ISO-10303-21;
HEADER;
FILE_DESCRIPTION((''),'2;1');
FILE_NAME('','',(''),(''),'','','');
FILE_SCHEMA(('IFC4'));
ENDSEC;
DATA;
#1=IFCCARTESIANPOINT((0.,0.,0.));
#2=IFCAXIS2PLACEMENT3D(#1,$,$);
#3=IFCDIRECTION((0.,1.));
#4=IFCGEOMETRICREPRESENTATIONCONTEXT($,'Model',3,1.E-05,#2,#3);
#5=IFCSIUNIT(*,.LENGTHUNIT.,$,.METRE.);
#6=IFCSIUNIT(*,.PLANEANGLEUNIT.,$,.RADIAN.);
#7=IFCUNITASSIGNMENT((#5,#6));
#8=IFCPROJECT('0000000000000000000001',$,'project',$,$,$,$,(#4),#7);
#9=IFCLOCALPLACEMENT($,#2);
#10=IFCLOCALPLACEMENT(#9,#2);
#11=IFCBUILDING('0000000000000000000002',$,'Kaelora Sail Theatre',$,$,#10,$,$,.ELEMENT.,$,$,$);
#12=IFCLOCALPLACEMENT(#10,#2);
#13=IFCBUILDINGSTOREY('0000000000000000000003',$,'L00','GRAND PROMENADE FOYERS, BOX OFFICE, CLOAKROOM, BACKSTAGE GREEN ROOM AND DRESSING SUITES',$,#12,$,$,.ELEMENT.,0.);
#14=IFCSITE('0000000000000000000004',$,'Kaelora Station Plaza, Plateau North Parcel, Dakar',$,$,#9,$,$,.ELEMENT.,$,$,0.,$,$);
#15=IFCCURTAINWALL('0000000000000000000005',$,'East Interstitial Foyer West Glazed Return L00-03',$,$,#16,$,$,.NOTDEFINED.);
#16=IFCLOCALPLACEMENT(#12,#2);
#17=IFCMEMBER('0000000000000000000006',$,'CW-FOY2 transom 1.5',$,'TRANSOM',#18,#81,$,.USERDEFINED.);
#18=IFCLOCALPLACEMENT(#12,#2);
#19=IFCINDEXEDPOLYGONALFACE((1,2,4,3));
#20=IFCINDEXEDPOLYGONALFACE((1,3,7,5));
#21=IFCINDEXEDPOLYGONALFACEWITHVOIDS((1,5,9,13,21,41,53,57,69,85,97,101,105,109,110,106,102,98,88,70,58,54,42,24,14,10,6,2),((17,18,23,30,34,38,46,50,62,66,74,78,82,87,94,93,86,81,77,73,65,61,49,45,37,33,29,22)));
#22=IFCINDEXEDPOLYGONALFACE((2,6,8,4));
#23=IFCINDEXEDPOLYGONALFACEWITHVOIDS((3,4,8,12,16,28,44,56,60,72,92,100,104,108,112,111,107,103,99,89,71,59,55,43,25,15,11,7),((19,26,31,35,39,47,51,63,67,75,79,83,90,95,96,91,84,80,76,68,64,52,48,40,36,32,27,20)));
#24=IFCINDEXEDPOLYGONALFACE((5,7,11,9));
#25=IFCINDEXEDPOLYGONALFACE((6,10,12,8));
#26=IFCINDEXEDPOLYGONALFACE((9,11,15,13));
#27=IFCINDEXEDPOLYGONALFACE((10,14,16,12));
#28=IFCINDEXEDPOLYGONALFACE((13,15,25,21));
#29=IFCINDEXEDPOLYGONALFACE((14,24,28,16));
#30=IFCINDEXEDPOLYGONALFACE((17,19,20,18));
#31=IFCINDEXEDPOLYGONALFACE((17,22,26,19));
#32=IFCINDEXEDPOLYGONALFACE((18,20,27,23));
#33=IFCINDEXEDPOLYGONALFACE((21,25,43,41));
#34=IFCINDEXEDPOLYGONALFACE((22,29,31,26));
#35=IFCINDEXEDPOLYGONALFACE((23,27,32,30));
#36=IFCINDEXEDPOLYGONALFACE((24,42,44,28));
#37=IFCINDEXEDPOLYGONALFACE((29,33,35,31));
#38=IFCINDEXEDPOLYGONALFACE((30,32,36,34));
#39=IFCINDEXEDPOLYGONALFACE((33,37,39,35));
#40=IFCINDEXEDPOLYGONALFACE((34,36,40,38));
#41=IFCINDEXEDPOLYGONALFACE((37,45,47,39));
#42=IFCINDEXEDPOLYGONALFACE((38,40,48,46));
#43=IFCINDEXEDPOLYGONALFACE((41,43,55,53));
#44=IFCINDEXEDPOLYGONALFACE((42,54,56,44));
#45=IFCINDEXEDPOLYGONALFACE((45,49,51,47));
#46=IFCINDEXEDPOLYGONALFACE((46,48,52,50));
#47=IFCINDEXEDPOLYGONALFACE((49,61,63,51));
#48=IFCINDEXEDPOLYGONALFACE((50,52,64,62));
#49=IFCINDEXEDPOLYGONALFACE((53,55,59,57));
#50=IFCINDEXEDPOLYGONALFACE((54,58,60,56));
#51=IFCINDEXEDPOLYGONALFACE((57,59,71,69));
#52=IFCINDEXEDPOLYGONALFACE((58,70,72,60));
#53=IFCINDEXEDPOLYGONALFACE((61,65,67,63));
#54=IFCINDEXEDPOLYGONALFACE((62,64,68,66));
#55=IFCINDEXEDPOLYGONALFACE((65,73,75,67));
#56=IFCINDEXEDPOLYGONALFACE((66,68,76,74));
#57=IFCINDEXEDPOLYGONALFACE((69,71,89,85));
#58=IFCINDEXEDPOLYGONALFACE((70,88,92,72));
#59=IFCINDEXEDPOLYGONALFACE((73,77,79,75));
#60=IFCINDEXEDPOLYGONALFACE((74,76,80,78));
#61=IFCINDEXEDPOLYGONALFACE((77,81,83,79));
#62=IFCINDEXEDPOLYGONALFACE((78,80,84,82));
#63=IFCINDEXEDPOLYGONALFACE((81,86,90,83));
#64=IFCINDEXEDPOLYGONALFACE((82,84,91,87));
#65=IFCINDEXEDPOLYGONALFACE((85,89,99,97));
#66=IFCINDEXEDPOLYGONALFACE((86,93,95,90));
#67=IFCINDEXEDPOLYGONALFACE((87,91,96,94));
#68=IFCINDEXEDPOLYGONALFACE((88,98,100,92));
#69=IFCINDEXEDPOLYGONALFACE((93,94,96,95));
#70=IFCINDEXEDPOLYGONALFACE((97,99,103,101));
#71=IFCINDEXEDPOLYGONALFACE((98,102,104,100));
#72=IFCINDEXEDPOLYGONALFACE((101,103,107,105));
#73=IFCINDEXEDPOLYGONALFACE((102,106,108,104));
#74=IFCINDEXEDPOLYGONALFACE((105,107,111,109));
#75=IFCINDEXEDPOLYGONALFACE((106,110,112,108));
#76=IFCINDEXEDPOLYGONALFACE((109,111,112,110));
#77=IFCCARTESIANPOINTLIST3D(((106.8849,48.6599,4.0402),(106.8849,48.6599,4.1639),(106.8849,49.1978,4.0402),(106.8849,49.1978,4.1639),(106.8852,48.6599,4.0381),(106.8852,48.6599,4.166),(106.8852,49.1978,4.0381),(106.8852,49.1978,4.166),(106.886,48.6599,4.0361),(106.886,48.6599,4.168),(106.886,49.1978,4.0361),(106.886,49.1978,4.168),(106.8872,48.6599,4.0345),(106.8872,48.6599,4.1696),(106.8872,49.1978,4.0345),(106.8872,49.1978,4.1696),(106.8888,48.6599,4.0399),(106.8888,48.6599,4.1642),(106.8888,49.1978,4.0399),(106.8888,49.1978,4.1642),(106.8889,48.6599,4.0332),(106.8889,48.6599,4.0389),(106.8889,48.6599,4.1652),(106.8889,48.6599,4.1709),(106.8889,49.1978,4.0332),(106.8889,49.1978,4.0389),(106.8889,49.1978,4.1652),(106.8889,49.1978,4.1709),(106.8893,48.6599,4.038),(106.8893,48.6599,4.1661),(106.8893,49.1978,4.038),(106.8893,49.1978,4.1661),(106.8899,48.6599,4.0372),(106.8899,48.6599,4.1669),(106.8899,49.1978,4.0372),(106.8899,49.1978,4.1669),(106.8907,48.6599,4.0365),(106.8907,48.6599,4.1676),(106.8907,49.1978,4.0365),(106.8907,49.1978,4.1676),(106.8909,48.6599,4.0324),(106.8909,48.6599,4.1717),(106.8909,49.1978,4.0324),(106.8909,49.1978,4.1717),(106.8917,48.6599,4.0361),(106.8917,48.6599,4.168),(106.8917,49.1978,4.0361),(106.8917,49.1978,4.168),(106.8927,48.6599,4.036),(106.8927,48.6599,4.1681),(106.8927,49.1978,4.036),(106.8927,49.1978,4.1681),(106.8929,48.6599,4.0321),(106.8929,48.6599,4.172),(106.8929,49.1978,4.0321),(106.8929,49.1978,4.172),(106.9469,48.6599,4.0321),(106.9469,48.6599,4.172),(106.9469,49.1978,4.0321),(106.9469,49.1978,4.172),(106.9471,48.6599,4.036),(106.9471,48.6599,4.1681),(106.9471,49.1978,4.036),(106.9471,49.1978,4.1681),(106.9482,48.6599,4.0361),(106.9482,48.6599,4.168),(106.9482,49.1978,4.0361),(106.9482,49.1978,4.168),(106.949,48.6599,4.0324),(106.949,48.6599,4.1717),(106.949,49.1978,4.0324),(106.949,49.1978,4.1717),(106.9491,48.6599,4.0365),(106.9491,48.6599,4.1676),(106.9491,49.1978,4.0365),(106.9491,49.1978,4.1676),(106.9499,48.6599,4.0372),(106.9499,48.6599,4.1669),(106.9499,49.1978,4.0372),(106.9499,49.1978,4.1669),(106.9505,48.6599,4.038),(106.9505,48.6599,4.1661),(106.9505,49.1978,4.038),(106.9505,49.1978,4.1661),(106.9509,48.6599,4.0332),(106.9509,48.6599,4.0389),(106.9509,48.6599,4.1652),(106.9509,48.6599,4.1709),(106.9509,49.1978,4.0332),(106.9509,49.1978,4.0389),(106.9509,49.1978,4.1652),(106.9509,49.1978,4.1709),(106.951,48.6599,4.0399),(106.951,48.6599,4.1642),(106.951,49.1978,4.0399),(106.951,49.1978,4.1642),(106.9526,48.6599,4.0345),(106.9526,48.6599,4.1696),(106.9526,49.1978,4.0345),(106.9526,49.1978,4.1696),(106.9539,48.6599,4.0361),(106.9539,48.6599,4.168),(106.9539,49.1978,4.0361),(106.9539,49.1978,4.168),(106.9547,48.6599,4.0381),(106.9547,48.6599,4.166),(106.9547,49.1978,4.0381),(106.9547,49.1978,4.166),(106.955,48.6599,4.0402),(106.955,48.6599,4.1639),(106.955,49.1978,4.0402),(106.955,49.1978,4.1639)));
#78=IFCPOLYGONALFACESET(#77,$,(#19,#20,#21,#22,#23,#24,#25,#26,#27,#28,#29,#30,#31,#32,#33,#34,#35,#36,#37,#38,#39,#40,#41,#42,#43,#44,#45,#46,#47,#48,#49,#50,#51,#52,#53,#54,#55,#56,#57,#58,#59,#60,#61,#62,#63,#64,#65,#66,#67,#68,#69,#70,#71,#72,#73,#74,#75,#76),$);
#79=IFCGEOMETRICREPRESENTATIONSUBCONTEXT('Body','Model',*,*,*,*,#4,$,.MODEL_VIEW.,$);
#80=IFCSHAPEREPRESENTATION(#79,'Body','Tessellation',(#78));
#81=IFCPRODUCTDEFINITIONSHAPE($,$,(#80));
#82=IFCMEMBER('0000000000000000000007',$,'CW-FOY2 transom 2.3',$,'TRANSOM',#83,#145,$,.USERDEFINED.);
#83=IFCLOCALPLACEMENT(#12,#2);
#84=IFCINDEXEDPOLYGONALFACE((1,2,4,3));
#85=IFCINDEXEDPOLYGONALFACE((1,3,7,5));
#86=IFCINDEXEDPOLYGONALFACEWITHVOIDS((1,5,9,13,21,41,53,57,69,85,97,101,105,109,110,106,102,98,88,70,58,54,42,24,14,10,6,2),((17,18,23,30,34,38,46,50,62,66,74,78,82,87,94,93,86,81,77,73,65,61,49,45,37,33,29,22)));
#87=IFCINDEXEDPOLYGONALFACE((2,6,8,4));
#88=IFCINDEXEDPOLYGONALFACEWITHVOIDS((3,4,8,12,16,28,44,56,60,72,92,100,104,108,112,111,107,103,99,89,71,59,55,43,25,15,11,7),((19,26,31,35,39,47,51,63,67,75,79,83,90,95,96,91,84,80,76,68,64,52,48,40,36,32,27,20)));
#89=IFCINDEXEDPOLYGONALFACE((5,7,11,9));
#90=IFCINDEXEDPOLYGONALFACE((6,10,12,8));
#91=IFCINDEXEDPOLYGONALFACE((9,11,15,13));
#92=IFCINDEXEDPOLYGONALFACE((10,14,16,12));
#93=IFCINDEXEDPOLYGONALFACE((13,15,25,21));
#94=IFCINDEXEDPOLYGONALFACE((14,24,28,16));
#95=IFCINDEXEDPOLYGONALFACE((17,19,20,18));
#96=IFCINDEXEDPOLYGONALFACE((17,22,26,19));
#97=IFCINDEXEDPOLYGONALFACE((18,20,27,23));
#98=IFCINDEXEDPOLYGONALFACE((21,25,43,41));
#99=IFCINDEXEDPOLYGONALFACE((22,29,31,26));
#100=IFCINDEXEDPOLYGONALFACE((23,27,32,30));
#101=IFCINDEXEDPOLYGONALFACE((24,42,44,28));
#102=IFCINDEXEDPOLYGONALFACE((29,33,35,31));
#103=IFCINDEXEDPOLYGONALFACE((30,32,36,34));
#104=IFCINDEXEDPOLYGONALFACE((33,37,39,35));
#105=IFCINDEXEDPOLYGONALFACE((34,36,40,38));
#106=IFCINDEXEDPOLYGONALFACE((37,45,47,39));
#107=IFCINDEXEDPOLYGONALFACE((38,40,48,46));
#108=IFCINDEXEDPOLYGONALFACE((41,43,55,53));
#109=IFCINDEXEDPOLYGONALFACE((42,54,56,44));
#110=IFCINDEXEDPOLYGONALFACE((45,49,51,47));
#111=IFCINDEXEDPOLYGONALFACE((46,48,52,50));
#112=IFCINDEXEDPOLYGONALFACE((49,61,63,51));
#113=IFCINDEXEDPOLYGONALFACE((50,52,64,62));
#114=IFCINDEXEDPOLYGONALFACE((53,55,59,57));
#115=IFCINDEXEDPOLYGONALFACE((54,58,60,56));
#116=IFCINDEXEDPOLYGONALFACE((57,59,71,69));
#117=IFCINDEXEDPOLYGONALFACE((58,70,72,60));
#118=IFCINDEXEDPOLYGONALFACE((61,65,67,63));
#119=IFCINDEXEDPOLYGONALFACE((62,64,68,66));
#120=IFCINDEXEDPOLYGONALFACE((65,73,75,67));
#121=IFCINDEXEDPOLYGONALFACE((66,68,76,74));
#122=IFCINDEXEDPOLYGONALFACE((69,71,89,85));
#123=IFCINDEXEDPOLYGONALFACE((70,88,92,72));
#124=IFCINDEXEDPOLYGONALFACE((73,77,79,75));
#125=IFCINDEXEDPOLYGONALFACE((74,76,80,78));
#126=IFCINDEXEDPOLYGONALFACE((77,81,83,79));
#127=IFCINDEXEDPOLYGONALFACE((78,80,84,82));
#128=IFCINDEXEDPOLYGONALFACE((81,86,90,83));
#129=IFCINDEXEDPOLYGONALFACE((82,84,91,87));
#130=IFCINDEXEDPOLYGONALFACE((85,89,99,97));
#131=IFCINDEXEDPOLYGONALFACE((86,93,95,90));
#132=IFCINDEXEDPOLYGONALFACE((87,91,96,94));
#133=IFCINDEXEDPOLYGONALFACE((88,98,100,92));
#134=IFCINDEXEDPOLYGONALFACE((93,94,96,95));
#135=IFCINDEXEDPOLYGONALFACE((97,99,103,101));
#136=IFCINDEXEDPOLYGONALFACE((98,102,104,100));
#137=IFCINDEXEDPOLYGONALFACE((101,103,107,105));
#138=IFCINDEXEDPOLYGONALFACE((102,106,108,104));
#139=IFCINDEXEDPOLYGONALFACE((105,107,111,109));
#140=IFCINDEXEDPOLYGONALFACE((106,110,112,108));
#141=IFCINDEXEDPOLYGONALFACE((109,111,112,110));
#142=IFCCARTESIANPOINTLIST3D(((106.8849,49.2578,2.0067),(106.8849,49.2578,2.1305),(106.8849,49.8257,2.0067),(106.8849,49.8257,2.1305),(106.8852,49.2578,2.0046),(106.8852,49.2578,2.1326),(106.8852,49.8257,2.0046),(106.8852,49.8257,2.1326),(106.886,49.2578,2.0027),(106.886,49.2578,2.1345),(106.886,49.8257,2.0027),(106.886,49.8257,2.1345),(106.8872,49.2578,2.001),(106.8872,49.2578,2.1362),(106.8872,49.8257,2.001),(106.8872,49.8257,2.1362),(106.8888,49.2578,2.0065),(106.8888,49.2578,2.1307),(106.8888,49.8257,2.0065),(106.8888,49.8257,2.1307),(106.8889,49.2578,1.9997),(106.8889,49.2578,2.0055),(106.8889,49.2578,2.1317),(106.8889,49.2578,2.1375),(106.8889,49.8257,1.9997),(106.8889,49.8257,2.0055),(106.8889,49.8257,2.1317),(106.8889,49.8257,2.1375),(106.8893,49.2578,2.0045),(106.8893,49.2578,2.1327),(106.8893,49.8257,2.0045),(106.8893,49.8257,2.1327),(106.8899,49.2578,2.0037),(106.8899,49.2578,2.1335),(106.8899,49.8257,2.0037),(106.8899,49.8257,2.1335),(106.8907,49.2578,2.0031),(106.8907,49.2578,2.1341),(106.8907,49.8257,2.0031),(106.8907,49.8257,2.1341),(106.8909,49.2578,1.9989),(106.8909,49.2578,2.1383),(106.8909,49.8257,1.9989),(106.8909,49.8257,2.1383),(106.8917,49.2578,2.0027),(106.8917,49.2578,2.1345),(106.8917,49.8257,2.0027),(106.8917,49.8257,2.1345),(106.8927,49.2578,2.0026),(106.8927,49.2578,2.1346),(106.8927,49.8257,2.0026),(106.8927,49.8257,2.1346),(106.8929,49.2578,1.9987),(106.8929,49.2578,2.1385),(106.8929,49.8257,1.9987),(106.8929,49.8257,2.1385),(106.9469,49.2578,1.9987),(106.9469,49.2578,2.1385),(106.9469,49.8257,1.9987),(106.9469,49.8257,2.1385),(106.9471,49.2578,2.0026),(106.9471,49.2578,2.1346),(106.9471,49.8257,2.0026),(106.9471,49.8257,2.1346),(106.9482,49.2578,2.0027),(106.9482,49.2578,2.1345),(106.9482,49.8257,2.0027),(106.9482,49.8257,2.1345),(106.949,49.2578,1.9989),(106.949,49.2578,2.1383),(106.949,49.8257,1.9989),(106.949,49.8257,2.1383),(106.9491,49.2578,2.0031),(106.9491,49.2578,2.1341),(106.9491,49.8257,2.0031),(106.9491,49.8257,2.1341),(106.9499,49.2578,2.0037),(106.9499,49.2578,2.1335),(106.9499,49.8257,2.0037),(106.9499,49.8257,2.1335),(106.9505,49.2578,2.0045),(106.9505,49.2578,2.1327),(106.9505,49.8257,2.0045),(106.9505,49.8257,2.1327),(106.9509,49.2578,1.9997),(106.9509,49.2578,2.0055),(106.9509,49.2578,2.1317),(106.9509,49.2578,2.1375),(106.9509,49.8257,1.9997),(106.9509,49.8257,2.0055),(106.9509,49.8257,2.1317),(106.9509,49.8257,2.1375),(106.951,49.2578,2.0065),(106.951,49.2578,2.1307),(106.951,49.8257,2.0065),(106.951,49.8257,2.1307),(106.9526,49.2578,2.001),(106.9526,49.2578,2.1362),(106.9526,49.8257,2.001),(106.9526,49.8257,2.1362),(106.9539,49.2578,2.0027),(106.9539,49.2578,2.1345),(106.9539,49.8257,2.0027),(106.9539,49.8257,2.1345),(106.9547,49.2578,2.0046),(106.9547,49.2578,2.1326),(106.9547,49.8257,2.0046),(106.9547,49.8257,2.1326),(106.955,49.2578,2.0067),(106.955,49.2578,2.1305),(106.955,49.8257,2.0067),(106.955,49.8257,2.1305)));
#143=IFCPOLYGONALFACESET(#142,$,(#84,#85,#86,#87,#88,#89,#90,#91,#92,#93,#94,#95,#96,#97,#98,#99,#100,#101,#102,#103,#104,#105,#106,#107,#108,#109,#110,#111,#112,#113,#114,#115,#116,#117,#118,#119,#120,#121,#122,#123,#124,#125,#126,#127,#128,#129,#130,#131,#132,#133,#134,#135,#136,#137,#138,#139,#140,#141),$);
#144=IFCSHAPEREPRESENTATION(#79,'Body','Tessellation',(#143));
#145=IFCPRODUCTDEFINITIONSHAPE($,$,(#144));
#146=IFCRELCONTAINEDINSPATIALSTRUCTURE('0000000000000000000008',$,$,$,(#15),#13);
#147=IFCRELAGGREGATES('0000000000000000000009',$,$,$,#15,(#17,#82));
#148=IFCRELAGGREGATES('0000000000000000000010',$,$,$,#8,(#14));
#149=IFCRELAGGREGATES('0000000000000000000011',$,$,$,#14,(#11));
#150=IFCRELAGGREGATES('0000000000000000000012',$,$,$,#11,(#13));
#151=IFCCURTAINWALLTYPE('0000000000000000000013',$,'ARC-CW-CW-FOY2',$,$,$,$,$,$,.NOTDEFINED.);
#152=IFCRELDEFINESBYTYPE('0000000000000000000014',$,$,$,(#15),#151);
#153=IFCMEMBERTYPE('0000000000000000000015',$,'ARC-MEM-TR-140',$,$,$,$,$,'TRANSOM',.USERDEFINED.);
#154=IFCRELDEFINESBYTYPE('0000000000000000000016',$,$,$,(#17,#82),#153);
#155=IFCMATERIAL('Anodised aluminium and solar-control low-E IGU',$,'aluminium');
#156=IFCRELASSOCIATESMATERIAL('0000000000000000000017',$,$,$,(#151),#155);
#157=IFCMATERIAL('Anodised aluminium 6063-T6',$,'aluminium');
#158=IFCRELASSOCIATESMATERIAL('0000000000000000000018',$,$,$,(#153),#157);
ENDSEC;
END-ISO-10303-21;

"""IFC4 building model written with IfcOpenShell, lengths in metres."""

from ifc_helpers import new_model, si_unit, direction, frame, origin, origin_2d, place, context, subcontext, project, spatial, hollow_rectangle, extrude, material, material_profile, profile_set, type_object, element, aggregate, save


model = new_model("IFC4")

# Units and contexts
model_context = context("Model", 3, precision=1e-05, world=origin(), true_north=direction((0.0, 1.0)))
body_context = subcontext(model_context, "Body", "Model", "MODEL_VIEW")
ifc_project = project(units=[si_unit("LENGTHUNIT", "METRE"), si_unit("PLANEANGLEUNIT", "RADIAN")], contexts=[model_context])

# Site, building, storey
site_placement = place(None, origin())
site = spatial("IfcSite", under=ifc_project, at=site_placement, Name="Kaelora Station Plaza, Plateau North Parcel, Dakar", CompositionType="ELEMENT", RefElevation=0.0)
building_placement = place(site_placement, origin())
building = spatial("IfcBuilding", under=site, at=building_placement, Name="Kaelora Sail Theatre", CompositionType="ELEMENT")
storey_placement = place(building_placement, origin())
storey = spatial("IfcBuildingStorey", under=building, at=storey_placement, Name="L00", Description="GRAND PROMENADE FOYERS, BOX OFFICE, CLOAKROOM, BACKSTAGE GREEN ROOM AND DRESSING SUITES", CompositionType="ELEMENT", Elevation=0.0)

# Curtain wall, members
ifc_material_1 = material(Name="Anodised aluminium and solar-control low-E IGU", Category="aluminium")
curtain_wall_type = type_object("IfcCurtainWallType", Name="ARC-CW-CW-FOY2", PredefinedType="NOTDEFINED", material=ifc_material_1)
curtain_wall_1_placement = place(storey_placement, origin())
curtain_wall_1 = element("IfcCurtainWall", 1, at=curtain_wall_1_placement, inside=storey, type_object=curtain_wall_type, Name="East Interstitial Foyer West Glazed Return L00-03", PredefinedType="NOTDEFINED")
ifc_material_2 = material(Name="Anodised aluminium 6063-T6", Category="aluminium")
ifc_material_profile = material_profile(ifc_material_2, hollow_rectangle(XDim=0.0701, YDim=0.1399, WallThickness=0.0039, InnerFilletRadius=0.0039, OuterFilletRadius=0.0081, at=origin_2d()), Name="ALU-TRAN 70x140x4")
ifc_profile_set = profile_set([ifc_material_profile], Name="Anodised aluminium 6063-T6")
member_type = type_object("IfcMemberType", Name="ARC-MEM-TR-140", ElementType="TRANSOM", PredefinedType="USERDEFINED", material=ifc_profile_set)
member_1_placement = place(storey_placement, frame((106.9199, 48.6599, 4.1021), z_axis=(0.0, 1.0, 0.0), x_axis=(-1.0, 0.0, 0.0)))
member_1 = element("IfcMember", 2, at=member_1_placement, type_object=member_type, Name="CW-FOY2 transom 1.5", ObjectType="TRANSOM", PredefinedType="USERDEFINED", context=body_context, shape_type="SweptSolid", body=[
    extrude(hollow_rectangle(XDim=0.0701, YDim=0.1399, WallThickness=0.0039, InnerFilletRadius=0.0039, OuterFilletRadius=0.0081, at=origin_2d()), origin(), (0.0, 0.0, 1.0), 0.5378),
])
member_2_placement = place(storey_placement, frame((106.9199, 49.2578, 2.0686), z_axis=(0.0, 1.0, 0.0), x_axis=(-1.0, 0.0, 0.0)))
member_2 = element("IfcMember", 3, at=member_2_placement, type_object=member_type, Name="CW-FOY2 transom 2.3", ObjectType="TRANSOM", PredefinedType="USERDEFINED", context=body_context, shape_type="SweptSolid", body=[
    extrude(hollow_rectangle(XDim=0.0701, YDim=0.1399, WallThickness=0.0039, InnerFilletRadius=0.0039, OuterFilletRadius=0.0081, at=origin_2d()), origin(), (0.0, 0.0, 1.0), 0.5679),
])

aggregate(curtain_wall_1, [member_1, member_2])

save(model, "model.ifc")
